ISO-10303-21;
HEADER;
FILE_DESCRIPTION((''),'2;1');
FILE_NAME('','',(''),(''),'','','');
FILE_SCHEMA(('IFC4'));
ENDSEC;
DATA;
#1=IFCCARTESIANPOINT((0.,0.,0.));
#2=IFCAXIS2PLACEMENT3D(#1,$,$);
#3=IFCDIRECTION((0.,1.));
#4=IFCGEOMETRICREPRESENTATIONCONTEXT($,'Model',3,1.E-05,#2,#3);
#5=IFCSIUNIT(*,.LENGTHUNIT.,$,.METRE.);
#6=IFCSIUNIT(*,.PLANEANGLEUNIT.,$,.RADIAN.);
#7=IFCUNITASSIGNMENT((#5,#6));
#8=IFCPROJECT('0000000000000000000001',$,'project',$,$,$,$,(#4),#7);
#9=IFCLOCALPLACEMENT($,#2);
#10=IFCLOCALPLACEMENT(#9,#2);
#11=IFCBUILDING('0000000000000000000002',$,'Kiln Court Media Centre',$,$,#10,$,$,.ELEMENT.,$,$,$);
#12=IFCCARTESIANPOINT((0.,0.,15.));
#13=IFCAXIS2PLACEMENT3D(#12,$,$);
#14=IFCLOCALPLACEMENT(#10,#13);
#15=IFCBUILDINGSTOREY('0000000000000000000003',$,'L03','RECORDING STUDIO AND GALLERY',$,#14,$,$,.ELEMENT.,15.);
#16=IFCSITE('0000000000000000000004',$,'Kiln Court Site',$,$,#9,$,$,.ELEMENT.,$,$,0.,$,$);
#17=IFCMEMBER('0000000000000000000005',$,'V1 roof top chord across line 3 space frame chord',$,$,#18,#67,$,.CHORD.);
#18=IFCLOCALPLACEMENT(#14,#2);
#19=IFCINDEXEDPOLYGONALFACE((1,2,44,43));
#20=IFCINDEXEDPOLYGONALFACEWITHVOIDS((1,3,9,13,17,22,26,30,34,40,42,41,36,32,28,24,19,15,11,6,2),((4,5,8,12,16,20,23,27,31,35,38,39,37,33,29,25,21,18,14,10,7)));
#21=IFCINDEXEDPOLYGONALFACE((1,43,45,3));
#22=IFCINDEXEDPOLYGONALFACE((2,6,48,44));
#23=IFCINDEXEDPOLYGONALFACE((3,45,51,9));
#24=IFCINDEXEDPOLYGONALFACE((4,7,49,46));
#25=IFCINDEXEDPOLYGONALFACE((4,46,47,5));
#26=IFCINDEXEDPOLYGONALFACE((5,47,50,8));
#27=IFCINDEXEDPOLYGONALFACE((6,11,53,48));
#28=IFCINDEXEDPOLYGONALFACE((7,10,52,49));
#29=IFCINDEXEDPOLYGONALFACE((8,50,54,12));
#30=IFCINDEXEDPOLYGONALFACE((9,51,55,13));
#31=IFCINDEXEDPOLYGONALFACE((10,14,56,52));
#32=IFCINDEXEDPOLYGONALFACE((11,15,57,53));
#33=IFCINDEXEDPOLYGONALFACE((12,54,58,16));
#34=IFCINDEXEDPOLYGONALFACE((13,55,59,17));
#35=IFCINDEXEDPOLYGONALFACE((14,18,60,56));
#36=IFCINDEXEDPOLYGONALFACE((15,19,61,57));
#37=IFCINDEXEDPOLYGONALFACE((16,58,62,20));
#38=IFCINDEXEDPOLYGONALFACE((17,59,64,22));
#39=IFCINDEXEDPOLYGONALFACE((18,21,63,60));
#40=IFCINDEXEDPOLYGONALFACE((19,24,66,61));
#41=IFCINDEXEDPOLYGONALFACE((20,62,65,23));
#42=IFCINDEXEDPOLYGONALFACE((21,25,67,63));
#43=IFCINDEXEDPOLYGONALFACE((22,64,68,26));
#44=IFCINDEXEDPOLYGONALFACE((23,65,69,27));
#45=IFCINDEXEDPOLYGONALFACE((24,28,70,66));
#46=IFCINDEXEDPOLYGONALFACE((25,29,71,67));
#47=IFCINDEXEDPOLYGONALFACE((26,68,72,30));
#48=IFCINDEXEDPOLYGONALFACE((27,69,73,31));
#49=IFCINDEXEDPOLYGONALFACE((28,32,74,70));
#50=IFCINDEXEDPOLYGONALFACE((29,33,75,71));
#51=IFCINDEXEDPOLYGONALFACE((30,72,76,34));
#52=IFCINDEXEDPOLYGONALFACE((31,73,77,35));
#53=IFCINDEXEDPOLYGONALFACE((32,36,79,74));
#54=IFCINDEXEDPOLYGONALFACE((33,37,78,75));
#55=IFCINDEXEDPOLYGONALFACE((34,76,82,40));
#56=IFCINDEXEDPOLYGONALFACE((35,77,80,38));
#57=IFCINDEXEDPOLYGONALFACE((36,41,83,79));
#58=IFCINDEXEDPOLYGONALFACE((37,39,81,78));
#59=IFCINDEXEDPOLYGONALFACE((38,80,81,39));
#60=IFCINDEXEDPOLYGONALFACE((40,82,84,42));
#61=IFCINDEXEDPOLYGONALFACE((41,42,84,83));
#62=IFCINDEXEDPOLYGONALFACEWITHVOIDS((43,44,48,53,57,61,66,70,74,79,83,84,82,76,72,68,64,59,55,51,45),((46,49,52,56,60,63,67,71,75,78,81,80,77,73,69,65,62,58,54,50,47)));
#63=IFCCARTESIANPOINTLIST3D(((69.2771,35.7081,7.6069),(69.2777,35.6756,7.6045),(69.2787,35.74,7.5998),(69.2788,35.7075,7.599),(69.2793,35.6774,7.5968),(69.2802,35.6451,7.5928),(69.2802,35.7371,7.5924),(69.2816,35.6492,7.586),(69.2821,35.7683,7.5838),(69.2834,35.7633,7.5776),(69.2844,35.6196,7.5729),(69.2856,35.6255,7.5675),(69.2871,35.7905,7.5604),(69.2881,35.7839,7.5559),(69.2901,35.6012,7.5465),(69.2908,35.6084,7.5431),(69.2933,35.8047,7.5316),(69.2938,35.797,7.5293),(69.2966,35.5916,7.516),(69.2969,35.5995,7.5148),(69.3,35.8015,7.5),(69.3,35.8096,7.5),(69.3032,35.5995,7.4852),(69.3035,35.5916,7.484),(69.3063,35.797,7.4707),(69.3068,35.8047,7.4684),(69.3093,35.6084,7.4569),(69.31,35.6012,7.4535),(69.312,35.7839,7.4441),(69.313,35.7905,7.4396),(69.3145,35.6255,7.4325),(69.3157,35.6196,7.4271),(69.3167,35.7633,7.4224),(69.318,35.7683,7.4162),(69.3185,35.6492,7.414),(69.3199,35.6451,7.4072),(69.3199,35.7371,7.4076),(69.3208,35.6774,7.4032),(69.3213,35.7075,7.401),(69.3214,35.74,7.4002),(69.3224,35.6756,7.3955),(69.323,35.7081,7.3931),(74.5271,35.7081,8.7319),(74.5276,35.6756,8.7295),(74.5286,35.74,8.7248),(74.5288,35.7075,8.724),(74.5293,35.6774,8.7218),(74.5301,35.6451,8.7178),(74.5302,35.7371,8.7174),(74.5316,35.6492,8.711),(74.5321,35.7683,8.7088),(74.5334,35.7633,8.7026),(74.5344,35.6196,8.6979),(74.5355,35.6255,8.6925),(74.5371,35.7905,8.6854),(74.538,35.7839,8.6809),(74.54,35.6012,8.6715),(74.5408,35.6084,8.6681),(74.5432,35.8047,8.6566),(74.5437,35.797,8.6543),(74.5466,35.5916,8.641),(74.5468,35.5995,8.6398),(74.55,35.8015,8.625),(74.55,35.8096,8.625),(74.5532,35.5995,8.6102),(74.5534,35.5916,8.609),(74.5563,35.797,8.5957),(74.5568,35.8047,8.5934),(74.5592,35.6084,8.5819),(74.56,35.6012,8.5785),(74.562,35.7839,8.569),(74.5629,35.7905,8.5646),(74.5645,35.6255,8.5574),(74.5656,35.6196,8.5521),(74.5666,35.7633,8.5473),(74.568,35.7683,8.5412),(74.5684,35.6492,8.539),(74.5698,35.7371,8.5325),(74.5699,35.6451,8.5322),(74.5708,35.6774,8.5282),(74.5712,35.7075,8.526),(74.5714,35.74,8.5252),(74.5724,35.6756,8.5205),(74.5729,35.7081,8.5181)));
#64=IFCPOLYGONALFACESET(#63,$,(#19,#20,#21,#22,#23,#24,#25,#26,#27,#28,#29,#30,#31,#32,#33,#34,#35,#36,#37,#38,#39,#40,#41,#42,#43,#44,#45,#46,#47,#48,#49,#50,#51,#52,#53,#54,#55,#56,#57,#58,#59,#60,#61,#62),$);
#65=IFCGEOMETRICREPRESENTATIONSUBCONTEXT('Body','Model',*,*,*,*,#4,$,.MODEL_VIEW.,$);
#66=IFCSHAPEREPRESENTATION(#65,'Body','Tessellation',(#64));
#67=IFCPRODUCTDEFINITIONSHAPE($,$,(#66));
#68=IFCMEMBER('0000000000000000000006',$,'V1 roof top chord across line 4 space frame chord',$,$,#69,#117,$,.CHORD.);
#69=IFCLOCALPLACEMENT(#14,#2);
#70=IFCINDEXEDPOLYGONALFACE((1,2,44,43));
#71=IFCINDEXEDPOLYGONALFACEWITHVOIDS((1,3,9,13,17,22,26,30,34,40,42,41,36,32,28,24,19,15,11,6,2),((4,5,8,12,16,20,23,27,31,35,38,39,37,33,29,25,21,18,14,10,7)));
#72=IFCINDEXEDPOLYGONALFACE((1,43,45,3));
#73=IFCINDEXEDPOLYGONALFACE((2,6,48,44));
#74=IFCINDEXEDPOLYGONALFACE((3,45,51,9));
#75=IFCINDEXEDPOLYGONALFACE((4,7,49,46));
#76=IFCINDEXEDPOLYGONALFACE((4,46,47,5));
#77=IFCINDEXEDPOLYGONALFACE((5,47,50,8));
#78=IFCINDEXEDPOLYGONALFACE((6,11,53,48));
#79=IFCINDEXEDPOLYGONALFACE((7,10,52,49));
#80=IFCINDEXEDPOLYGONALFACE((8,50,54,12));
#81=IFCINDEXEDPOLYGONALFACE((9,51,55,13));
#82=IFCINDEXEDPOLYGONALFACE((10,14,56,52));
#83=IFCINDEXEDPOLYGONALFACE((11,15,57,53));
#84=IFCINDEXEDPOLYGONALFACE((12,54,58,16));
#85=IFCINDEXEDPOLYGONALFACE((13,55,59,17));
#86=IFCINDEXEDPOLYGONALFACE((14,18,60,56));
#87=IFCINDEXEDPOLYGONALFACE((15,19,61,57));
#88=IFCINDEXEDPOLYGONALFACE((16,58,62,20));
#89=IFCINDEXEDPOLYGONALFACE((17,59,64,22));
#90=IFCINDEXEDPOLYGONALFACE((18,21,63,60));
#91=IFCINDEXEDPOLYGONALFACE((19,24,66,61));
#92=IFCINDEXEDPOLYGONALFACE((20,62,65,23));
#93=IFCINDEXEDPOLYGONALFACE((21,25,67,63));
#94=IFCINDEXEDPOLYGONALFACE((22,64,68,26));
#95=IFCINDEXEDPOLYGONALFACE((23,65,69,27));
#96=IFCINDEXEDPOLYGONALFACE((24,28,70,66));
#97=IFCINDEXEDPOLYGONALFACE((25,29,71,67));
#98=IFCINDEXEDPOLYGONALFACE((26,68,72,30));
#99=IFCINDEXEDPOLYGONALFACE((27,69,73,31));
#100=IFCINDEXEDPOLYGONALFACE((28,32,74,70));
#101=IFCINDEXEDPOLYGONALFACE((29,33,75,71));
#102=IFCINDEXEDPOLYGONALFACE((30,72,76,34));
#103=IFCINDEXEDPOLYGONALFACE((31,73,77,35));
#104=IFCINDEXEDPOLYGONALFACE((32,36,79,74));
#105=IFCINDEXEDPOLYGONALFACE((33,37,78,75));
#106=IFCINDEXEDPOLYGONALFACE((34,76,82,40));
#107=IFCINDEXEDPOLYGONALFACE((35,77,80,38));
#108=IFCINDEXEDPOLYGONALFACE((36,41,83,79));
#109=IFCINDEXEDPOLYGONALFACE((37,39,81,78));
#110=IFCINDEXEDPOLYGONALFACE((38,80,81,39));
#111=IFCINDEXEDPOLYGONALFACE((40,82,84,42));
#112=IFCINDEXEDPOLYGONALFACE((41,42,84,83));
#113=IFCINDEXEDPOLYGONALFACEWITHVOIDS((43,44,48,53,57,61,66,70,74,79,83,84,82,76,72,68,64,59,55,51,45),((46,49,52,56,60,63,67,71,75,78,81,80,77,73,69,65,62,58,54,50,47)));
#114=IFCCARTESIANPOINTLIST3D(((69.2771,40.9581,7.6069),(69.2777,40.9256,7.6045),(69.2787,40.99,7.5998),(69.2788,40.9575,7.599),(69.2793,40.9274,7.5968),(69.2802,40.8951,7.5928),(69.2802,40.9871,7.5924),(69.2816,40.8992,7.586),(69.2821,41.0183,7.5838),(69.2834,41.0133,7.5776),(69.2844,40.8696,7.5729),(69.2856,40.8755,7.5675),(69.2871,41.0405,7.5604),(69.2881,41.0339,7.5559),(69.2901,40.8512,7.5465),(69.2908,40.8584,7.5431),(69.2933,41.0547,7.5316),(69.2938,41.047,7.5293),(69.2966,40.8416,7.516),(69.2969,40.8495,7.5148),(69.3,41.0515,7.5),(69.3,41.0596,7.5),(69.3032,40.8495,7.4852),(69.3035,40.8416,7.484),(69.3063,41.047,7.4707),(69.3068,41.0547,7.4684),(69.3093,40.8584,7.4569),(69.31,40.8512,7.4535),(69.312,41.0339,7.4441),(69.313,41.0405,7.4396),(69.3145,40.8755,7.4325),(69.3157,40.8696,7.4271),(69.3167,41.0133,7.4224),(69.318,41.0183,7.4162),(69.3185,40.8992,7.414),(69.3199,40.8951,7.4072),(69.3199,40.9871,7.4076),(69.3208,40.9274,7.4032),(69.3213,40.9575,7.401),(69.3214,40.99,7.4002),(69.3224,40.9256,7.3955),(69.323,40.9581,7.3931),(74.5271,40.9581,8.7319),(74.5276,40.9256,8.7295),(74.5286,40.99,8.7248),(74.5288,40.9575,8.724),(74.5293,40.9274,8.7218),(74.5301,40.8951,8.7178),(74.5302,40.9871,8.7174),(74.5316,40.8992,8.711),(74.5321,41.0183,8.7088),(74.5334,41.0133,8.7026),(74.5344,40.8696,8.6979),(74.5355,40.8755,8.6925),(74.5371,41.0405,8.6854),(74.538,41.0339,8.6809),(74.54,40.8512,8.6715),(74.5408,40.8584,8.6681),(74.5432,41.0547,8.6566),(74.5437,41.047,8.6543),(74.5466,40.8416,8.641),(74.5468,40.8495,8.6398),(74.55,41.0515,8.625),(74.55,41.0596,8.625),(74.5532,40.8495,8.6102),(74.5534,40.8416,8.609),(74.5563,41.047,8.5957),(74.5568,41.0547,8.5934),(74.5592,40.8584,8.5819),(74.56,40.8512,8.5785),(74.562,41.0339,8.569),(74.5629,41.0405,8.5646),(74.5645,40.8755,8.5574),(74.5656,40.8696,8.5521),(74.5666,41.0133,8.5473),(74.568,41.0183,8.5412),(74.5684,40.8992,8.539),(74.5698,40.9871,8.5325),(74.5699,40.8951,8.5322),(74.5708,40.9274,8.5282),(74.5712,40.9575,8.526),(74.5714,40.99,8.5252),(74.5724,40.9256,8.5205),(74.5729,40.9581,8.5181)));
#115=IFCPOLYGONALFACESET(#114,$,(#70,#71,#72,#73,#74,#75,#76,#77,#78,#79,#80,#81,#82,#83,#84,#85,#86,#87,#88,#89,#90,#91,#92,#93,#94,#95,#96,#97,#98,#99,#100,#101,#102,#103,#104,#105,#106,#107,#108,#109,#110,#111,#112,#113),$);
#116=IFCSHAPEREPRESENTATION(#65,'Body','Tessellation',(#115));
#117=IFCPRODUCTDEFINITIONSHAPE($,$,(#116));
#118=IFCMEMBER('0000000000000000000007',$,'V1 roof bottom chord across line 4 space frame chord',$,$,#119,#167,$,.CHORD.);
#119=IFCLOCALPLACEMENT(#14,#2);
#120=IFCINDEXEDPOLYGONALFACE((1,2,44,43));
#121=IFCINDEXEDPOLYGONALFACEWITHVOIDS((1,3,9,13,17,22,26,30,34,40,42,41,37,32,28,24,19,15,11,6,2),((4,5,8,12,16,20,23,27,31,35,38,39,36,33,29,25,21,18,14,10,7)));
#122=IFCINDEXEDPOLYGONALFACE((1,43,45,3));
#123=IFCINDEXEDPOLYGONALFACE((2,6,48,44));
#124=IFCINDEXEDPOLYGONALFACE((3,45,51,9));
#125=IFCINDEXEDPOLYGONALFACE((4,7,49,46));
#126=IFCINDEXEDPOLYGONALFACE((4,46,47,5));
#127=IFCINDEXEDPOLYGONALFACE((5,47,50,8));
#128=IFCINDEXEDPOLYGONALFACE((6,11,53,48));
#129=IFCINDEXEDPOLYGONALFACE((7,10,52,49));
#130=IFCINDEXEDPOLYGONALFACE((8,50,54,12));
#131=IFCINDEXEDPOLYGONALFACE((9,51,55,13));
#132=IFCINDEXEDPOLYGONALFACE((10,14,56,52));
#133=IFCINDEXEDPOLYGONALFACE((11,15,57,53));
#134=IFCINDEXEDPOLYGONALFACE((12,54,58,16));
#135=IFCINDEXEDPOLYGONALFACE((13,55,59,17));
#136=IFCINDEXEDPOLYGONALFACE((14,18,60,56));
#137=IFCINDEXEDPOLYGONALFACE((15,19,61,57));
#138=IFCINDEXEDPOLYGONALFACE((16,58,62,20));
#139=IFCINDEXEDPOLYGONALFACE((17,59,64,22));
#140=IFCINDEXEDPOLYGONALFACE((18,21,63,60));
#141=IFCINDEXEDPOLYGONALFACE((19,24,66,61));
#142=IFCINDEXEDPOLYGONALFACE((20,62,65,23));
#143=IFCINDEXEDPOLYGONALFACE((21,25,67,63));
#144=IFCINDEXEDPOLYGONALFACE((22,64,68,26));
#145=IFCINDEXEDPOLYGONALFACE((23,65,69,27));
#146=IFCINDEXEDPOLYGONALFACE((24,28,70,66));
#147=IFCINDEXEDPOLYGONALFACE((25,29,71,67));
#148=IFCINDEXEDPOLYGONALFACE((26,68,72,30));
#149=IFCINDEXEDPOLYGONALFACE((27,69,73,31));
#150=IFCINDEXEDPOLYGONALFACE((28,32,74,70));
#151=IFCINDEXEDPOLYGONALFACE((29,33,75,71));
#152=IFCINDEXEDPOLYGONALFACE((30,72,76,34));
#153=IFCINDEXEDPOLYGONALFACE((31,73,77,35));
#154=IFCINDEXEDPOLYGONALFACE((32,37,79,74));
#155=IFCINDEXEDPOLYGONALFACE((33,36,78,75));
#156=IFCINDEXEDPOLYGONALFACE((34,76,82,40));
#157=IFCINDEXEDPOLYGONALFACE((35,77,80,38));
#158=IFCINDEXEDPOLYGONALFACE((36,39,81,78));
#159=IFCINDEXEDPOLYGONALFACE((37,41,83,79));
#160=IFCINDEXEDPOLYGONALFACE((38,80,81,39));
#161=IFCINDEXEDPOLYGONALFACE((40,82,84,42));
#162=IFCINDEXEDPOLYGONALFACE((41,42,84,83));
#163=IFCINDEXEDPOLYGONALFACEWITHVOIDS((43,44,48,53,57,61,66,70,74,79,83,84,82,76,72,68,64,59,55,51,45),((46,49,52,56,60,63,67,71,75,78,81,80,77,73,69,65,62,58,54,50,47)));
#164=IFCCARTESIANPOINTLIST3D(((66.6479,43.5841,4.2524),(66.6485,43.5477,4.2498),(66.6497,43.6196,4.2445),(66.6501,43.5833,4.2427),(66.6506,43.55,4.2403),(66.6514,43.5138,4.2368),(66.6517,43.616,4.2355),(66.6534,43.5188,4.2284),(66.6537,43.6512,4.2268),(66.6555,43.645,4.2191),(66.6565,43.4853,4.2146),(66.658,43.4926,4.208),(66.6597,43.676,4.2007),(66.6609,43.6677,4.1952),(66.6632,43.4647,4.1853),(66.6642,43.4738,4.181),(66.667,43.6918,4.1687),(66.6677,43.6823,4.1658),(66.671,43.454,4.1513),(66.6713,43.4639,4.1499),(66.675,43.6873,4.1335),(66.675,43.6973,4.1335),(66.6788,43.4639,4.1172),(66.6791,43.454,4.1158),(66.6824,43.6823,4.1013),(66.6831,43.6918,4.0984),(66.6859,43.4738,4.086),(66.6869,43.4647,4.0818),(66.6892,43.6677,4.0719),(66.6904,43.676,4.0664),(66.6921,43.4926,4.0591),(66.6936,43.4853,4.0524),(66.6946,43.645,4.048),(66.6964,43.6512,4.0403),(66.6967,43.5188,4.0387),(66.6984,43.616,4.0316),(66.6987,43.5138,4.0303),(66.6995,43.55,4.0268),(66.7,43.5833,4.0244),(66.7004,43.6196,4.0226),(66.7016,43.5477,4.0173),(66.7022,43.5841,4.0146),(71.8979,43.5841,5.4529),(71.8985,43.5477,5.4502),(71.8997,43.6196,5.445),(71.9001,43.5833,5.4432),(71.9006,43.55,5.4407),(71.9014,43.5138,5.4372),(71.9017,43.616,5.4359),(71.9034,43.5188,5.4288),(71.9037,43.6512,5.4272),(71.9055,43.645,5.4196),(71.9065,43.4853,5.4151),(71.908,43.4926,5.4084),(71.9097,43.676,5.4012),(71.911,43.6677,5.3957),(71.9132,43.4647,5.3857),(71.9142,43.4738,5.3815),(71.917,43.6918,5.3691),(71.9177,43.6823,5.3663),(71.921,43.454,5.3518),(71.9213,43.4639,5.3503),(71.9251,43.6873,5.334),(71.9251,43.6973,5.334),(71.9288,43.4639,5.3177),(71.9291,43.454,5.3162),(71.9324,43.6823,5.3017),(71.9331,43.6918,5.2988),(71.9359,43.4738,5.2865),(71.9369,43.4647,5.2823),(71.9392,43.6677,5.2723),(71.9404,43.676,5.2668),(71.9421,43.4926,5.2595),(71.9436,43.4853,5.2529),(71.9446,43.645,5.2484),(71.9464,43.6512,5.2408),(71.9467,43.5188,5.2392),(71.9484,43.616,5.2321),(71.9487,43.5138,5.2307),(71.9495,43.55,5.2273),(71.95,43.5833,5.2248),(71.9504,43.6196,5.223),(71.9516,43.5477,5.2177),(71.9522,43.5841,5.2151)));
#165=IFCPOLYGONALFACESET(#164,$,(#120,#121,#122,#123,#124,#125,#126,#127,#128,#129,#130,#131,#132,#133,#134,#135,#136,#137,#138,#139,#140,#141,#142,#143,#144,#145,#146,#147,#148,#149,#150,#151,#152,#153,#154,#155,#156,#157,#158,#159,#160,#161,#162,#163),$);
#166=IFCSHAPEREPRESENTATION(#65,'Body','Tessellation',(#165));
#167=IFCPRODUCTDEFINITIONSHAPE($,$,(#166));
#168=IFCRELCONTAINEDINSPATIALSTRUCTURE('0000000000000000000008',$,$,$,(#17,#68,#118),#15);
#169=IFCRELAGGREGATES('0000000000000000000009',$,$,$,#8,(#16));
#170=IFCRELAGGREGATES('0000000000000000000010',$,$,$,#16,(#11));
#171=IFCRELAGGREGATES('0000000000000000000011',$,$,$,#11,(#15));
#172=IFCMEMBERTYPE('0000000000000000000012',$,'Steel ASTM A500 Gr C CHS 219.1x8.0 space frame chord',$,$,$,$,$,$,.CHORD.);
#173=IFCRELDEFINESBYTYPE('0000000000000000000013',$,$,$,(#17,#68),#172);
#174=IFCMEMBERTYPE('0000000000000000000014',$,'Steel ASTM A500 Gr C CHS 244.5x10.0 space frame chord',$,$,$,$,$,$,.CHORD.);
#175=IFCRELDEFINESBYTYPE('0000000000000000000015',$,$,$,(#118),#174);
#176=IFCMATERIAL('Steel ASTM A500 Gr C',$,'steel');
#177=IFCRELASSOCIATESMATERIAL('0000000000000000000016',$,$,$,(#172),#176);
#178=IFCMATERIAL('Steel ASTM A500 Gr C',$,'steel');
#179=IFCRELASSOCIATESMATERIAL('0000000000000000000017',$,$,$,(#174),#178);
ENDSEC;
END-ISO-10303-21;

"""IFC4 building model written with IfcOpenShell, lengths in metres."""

from ifc_helpers import new_model, si_unit, direction, frame, origin, origin_2d, place, context, subcontext, project, spatial, hollow_circle, extrude, material, material_profile, profile_set, type_object, element, save


model = new_model("IFC4")

# Units and contexts
model_context = context("Model", 3, precision=1e-05, world=origin(), true_north=direction((0.0, 1.0)))
body_context = subcontext(model_context, "Body", "Model", "MODEL_VIEW")
ifc_project = project(units=[si_unit("LENGTHUNIT", "METRE"), si_unit("PLANEANGLEUNIT", "RADIAN")], contexts=[model_context])

# Site, building, storey
site_placement = place(None, origin())
site = spatial("IfcSite", under=ifc_project, at=site_placement, Name="Kiln Court Site", CompositionType="ELEMENT", RefElevation=0.0)
building_placement = place(site_placement, origin())
building = spatial("IfcBuilding", under=site, at=building_placement, Name="Kiln Court Media Centre", CompositionType="ELEMENT")
storey_placement = place(building_placement, frame((0.0, 0.0, 15.0)))
storey = spatial("IfcBuildingStorey", under=building, at=storey_placement, Name="L03", Description="RECORDING STUDIO AND GALLERY", CompositionType="ELEMENT", Elevation=15.0)

# Members
ifc_material_1 = material(Name="Steel ASTM A500 Gr C", Category="steel")
ifc_material_profile_1 = material_profile(ifc_material_1, hollow_circle(Radius=0.1096, WallThickness=0.0081, at=origin_2d()), Name="CHS 219.1x8.0")
ifc_profile_set_1 = profile_set([ifc_material_profile_1], Name="Steel ASTM A500 Gr C")
member_type_1 = type_object("IfcMemberType", Name="Steel ASTM A500 Gr C CHS 219.1x8.0 space frame chord", PredefinedType="CHORD", material=ifc_profile_set_1)
for number, where, z_axis, x_axis, name in (
    (1, (69.3, 35.7, 7.5), (0.977802, 0.0, 0.209529), (0.0, 1.0, 0.0), "V1 roof top chord across line 3 space frame chord"),
    (2, (69.3, 40.95, 7.5), (0.977802, 0.0, 0.209529), (0.0, 1.0, 0.0), "V1 roof top chord across line 4 space frame chord"),
):
    element("IfcMember", number, at=place(storey_placement, frame(where, z_axis=z_axis, x_axis=x_axis)), inside=storey, type_object=member_type_1, Name=name, PredefinedType="CHORD", context=body_context, shape_type="SweptSolid", body=[
        extrude(hollow_circle(Radius=0.1096, WallThickness=0.0081, at=origin_2d()), origin(), (0.0, 0.0, 1.0), 5.3691),
    ])
ifc_material_2 = material(Name="Steel ASTM A500 Gr C", Category="steel")
ifc_material_profile_2 = material_profile(ifc_material_2, hollow_circle(Radius=0.1223, WallThickness=0.01, at=origin_2d()), Name="CHS 244.5x10.0")
ifc_profile_set_2 = profile_set([ifc_material_profile_2], Name="Steel ASTM A500 Gr C")
member_type_2 = type_object("IfcMemberType", Name="Steel ASTM A500 Gr C CHS 244.5x10.0 space frame chord", PredefinedType="CHORD", material=ifc_profile_set_2)
member_1_placement = place(storey_placement, frame((66.675, 43.575, 4.1335), z_axis=(0.974841, 0.0, 0.222902), x_axis=(0.0, 1.0, 0.0)))
element("IfcMember", 3, at=member_1_placement, inside=storey, type_object=member_type_2, Name="V1 roof bottom chord across line 4 space frame chord", PredefinedType="CHORD", context=body_context, shape_type="SweptSolid", body=[
    extrude(hollow_circle(Radius=0.1223, WallThickness=0.01, at=origin_2d()), origin(), (0.0, 0.0, 1.0), 5.3855),
])

save(model, "model.ifc")
